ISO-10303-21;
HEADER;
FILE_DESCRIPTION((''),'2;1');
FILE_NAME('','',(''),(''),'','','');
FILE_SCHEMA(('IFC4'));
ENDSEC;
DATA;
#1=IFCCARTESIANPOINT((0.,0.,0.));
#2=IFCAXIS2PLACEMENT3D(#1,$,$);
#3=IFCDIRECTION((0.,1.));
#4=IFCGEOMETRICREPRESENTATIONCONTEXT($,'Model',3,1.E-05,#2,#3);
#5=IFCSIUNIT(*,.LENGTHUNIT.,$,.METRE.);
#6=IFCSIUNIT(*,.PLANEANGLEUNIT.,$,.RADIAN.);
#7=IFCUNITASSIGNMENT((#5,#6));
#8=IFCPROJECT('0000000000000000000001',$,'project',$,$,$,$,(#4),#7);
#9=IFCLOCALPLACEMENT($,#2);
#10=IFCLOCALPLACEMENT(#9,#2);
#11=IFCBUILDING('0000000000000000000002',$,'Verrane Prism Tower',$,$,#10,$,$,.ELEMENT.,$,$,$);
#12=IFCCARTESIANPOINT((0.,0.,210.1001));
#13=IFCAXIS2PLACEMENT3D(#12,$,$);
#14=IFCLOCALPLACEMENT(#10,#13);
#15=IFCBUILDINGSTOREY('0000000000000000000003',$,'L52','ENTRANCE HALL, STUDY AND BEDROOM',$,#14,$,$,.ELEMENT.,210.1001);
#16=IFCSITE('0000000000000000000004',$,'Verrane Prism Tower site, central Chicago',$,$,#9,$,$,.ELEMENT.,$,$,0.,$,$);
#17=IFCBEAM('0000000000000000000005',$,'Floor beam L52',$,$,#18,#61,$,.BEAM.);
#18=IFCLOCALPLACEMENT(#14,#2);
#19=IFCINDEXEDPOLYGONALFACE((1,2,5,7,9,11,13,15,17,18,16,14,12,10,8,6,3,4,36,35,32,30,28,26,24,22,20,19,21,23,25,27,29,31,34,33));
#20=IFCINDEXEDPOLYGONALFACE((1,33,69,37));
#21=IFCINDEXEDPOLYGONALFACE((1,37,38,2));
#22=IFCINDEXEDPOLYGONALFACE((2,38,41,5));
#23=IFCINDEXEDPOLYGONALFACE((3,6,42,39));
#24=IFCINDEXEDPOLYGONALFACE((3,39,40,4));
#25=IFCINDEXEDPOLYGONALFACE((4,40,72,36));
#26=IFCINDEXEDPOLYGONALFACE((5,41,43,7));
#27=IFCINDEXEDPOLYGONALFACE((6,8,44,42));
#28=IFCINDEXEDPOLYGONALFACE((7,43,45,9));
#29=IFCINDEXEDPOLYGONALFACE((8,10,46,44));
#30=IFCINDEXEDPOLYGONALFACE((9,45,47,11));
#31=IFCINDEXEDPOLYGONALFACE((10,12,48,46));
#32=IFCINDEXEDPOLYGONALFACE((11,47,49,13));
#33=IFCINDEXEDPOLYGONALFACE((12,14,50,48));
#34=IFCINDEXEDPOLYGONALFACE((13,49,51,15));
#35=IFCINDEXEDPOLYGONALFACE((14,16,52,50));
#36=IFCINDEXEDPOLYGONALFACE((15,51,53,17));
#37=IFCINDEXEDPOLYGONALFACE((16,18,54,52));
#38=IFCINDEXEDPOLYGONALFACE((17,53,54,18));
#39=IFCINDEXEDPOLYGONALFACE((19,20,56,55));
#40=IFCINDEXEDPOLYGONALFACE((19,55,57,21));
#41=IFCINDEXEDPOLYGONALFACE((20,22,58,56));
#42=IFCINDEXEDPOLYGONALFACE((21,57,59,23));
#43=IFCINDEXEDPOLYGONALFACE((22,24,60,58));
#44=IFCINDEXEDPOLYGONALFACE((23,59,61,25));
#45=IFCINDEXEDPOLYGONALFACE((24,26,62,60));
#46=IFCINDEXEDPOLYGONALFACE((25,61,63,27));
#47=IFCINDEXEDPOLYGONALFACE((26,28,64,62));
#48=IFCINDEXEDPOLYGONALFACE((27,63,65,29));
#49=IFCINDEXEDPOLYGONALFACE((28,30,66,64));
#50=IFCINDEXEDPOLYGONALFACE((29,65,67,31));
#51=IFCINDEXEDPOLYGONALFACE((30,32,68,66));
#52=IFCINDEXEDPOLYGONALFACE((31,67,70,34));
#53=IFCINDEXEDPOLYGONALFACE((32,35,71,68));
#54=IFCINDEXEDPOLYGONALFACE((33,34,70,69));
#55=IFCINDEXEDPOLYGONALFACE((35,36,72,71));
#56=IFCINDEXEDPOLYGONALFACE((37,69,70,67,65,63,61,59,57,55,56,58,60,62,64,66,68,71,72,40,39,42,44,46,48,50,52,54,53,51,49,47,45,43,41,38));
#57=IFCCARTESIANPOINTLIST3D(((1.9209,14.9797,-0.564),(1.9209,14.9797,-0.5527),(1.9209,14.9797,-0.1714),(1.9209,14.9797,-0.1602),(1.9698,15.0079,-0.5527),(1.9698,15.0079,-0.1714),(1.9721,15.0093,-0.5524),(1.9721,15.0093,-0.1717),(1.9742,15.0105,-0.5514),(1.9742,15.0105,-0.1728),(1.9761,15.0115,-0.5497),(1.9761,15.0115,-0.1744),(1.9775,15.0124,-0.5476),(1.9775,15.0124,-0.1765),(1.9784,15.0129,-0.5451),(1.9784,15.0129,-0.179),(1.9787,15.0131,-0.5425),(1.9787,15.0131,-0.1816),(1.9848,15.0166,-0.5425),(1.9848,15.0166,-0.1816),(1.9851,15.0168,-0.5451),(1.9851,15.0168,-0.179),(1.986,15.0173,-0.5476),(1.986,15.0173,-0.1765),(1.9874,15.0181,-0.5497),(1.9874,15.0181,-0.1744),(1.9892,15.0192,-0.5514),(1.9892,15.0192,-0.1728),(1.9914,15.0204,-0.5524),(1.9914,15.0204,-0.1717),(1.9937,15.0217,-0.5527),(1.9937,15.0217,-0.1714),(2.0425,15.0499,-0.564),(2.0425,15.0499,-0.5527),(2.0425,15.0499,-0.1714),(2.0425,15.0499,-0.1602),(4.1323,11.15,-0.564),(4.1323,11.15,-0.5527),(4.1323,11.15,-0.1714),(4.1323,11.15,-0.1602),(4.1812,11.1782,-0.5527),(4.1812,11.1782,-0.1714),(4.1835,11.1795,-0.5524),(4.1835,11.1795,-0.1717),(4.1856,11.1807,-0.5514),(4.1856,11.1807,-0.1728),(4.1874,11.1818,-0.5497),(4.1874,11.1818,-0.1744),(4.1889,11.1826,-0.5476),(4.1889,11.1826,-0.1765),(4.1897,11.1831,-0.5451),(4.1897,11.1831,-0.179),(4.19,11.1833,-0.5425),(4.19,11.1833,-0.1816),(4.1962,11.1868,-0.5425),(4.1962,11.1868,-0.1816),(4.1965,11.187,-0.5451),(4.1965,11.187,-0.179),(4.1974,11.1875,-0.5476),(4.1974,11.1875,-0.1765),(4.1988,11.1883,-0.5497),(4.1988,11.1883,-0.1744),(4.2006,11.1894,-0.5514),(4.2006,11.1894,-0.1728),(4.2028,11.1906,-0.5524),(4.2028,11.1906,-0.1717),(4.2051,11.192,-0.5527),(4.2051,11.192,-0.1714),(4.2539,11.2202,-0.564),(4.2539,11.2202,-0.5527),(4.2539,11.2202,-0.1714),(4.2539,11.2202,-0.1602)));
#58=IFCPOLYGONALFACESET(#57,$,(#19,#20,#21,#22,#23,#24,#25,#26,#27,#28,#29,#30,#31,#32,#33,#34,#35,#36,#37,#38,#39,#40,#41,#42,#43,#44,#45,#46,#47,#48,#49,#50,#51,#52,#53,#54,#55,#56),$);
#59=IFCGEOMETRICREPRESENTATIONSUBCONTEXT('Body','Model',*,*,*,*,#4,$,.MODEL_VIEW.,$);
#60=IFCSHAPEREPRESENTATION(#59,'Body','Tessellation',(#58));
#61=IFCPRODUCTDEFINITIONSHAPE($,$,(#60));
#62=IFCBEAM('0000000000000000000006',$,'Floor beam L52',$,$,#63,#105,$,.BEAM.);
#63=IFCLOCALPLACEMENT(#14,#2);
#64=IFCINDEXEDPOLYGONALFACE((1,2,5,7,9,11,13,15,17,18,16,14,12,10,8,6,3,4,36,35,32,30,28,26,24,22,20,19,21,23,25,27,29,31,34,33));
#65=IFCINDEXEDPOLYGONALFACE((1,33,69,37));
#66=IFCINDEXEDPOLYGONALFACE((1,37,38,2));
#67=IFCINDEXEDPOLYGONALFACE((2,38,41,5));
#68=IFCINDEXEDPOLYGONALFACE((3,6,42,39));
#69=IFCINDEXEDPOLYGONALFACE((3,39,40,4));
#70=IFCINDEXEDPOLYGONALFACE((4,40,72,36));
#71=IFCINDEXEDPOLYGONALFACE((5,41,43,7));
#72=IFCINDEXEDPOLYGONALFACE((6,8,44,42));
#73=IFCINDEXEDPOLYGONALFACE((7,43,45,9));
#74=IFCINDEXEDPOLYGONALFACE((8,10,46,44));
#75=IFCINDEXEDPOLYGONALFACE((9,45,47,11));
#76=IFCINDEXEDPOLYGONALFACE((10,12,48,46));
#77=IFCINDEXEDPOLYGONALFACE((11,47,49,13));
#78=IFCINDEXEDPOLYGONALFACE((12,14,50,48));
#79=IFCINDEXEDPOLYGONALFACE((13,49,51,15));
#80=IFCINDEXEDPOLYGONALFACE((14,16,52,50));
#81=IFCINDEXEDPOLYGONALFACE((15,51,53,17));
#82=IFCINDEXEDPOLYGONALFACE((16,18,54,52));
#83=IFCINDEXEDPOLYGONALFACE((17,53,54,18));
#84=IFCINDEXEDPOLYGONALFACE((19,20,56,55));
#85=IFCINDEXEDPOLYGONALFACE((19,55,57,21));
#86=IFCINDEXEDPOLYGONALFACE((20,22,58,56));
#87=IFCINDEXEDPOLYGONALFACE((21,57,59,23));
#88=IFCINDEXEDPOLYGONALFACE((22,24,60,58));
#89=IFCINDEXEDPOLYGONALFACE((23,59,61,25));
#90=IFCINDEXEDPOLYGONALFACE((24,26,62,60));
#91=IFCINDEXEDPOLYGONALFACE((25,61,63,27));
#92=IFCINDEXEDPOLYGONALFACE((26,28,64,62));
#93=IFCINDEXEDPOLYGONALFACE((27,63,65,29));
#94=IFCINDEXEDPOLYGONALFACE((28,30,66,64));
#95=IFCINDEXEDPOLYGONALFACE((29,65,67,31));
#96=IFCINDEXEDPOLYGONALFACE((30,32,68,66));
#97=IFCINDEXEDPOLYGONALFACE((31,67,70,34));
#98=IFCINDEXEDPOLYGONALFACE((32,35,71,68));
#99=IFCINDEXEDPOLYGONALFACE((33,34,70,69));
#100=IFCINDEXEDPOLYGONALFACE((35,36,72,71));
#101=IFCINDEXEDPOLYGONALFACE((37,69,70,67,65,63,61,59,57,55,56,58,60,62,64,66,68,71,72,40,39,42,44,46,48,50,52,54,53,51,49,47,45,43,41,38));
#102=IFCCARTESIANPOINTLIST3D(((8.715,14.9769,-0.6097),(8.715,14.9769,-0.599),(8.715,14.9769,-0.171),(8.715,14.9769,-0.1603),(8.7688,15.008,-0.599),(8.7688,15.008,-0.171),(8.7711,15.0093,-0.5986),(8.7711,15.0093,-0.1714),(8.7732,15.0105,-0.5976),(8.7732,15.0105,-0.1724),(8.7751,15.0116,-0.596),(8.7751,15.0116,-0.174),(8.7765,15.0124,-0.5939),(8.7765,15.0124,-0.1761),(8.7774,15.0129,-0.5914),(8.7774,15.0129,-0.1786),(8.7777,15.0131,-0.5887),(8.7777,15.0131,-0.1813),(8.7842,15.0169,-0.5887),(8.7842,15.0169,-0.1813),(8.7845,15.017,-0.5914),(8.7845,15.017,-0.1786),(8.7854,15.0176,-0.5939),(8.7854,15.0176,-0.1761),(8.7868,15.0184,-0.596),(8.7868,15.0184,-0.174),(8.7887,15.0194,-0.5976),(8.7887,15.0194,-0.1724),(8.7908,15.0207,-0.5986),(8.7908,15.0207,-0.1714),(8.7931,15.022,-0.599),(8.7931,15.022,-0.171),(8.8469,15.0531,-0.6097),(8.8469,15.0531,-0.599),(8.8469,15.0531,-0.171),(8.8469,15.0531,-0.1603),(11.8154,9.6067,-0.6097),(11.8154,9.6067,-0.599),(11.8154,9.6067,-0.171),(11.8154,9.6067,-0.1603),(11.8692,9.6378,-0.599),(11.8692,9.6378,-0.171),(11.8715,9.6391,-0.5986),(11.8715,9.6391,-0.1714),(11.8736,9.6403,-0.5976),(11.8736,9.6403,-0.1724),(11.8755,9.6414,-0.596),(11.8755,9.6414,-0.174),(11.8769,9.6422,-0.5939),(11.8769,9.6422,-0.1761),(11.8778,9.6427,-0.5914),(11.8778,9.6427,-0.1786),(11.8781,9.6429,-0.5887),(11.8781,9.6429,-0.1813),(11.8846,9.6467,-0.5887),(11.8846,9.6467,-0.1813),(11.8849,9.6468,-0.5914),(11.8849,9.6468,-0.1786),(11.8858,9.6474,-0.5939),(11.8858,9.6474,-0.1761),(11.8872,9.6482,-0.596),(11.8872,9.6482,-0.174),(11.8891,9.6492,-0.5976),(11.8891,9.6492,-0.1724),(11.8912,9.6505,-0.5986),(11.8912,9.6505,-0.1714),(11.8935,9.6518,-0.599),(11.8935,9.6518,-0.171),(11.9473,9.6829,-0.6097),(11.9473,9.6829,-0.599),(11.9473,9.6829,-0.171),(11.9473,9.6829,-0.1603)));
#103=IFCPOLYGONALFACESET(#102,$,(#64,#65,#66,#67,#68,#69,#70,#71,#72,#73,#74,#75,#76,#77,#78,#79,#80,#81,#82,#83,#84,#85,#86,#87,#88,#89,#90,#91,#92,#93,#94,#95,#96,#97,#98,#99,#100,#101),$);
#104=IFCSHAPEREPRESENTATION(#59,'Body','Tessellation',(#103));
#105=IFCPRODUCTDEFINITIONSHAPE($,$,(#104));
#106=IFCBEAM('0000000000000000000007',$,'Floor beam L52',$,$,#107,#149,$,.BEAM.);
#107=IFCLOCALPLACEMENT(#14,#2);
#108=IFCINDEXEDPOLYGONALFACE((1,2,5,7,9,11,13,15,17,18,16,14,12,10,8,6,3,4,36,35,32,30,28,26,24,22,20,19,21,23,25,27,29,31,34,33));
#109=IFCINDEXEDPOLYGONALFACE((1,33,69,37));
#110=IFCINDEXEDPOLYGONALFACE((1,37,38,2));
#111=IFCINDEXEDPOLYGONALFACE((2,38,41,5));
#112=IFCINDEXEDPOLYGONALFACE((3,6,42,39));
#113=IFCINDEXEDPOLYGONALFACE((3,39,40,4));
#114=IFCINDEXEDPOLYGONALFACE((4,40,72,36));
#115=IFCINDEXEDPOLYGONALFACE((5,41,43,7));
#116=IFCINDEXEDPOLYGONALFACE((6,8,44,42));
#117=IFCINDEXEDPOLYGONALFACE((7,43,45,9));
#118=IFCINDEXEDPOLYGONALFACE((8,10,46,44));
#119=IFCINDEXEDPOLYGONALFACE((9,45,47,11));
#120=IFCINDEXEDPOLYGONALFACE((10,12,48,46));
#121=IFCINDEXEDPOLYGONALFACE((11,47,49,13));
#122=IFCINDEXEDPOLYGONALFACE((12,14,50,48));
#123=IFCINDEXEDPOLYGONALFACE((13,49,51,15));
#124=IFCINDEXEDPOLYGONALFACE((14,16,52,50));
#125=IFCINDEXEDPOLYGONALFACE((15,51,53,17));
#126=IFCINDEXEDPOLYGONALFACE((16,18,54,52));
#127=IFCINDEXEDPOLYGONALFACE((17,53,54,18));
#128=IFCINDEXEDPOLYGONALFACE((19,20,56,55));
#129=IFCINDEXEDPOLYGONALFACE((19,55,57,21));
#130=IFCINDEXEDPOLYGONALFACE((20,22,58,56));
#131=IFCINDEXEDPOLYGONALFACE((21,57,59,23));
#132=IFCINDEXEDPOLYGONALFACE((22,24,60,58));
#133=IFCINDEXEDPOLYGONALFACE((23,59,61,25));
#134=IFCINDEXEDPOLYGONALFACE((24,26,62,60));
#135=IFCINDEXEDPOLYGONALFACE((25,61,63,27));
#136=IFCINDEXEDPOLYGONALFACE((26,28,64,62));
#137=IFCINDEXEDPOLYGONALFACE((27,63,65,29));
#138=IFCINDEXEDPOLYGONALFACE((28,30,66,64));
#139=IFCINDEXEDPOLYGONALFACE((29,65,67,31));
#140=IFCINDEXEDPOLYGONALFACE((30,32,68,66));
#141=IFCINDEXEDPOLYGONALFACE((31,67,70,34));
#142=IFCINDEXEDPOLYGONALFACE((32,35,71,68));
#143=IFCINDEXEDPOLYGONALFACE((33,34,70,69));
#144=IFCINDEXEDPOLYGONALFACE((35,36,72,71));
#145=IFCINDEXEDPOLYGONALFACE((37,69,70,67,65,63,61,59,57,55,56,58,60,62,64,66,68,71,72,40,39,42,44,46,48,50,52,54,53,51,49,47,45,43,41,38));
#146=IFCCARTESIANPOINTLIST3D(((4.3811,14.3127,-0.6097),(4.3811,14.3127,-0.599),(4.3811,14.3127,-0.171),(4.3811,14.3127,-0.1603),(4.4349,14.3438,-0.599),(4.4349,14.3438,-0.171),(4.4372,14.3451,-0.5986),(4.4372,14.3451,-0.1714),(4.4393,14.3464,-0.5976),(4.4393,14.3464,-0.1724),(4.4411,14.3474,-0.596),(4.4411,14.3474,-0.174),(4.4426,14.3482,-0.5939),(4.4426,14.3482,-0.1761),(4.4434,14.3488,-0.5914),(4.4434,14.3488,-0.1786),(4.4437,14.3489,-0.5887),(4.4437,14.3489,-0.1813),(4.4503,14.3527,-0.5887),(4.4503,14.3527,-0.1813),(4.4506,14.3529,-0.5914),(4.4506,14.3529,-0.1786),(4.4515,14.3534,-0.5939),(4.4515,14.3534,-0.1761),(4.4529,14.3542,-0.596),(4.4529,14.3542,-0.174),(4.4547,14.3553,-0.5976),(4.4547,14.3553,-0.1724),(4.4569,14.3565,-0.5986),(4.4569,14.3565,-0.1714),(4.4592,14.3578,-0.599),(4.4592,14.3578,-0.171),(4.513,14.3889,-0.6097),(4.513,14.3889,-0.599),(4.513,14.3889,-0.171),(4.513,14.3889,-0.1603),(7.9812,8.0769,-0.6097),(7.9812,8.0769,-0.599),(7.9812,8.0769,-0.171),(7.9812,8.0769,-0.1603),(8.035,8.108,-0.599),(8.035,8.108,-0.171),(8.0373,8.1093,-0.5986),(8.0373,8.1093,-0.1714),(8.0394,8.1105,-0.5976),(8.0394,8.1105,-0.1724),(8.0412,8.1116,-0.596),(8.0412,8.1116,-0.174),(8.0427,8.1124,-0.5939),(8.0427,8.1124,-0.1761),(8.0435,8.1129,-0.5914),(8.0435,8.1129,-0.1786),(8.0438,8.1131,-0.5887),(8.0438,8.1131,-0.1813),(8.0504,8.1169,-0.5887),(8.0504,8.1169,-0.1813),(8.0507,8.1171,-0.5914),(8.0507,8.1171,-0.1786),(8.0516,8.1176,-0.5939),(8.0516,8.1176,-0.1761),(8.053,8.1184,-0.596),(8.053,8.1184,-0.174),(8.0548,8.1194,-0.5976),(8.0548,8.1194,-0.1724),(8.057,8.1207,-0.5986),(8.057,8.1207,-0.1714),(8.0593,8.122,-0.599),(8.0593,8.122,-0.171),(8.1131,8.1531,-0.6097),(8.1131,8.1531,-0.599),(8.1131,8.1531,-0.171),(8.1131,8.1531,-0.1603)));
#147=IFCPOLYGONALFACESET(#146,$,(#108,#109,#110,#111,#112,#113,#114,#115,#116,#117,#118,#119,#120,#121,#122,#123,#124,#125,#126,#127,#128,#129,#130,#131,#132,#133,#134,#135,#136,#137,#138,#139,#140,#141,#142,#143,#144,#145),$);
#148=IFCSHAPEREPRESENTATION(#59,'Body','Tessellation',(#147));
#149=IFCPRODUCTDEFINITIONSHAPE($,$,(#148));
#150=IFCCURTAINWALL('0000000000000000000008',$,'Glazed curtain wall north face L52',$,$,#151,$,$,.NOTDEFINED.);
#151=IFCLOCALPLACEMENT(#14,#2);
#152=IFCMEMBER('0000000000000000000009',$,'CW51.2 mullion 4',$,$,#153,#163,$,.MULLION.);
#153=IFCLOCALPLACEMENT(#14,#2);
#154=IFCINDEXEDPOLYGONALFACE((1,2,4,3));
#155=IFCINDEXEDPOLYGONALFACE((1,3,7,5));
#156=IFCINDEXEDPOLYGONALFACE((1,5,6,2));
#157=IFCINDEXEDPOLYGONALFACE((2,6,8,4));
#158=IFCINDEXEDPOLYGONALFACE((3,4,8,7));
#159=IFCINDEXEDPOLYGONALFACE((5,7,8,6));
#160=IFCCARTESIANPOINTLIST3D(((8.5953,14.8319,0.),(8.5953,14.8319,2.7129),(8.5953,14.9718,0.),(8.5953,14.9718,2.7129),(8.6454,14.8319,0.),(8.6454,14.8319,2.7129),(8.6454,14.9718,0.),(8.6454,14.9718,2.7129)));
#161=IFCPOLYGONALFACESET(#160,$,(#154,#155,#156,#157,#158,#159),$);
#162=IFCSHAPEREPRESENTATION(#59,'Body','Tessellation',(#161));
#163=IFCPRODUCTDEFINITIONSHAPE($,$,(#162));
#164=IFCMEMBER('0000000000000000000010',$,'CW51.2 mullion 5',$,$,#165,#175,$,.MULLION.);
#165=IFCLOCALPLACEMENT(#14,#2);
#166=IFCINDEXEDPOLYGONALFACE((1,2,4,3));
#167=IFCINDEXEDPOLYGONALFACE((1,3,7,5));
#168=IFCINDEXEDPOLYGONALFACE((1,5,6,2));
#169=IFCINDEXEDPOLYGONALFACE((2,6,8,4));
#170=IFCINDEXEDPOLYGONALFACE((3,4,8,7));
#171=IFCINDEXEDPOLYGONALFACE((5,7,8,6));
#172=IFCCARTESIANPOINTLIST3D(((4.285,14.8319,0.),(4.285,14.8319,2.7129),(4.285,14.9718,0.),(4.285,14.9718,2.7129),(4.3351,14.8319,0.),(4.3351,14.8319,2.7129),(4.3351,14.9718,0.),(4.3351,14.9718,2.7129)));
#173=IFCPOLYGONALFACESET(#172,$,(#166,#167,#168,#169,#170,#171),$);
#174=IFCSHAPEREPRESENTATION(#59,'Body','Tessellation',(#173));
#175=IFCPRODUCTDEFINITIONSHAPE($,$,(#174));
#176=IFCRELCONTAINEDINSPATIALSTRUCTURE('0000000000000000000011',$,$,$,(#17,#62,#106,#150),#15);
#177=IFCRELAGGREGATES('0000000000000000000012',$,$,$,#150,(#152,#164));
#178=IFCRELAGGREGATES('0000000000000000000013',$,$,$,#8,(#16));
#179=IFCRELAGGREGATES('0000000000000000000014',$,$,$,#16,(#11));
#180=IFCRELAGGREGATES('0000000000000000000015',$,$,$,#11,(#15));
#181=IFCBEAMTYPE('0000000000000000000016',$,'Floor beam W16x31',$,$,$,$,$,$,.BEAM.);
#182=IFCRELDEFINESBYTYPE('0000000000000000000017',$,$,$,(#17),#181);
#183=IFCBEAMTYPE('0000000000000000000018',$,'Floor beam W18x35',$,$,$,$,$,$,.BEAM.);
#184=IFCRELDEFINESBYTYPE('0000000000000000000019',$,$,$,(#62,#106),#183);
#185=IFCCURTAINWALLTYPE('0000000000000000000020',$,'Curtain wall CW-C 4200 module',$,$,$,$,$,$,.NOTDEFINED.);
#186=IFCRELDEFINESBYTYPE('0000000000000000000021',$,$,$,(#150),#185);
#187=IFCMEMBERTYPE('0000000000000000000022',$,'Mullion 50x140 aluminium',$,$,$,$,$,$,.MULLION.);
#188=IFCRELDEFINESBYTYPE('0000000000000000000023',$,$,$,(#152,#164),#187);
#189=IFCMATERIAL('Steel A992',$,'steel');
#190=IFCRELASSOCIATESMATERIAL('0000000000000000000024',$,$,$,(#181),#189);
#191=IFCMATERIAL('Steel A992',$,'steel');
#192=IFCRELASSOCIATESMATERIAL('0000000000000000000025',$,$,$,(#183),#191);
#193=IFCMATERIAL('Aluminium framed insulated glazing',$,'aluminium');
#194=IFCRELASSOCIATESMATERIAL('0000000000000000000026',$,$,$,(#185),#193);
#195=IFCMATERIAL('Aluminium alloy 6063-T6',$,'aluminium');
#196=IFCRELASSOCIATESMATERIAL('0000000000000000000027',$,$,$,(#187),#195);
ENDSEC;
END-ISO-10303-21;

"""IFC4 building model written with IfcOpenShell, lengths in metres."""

from ifc_helpers import new_model, si_unit, direction, frame, origin, origin_2d, place, context, subcontext, project, spatial, rectangle, i_section, extrude, material, material_profile, profile_set, type_object, element, aggregate, save


model = new_model("IFC4")

# Units and contexts
model_context = context("Model", 3, precision=1e-05, world=origin(), true_north=direction((0.0, 1.0)))
body_context = subcontext(model_context, "Body", "Model", "MODEL_VIEW")
ifc_project = project(units=[si_unit("LENGTHUNIT", "METRE"), si_unit("PLANEANGLEUNIT", "RADIAN")], contexts=[model_context])

# Site, building, storey
site_placement = place(None, origin())
site = spatial("IfcSite", under=ifc_project, at=site_placement, Name="Verrane Prism Tower site, central Chicago", CompositionType="ELEMENT", RefElevation=0.0)
building_placement = place(site_placement, origin())
building = spatial("IfcBuilding", under=site, at=building_placement, Name="Verrane Prism Tower", CompositionType="ELEMENT")
storey_placement = place(building_placement, frame((0.0, 0.0, 210.1001)))
storey = spatial("IfcBuildingStorey", under=building, at=storey_placement, Name="L52", Description="ENTRANCE HALL, STUDY AND BEDROOM", CompositionType="ELEMENT", Elevation=210.1001)

# Beams
ifc_material_1 = material(Name="Steel A992", Category="steel")
ifc_material_profile_1 = material_profile(ifc_material_1, i_section(OverallWidth=0.1404, OverallDepth=0.4038, WebThickness=0.0071, FlangeThickness=0.0112, FilletRadius=0.0103, at=origin_2d()), Name="W16x31")
ifc_profile_set_1 = profile_set([ifc_material_profile_1], Name="Steel A992")
beam_type_1 = type_object("IfcBeamType", Name="Floor beam W16x31", PredefinedType="BEAM", material=ifc_profile_set_1)
beam_1_placement = place(storey_placement, frame((4.1931, 11.1851, -0.3621), z_axis=(-0.500046, 0.865999, 0.0), x_axis=(-0.865999, -0.500046, 0.0)))
element("IfcBeam", 1, at=beam_1_placement, inside=storey, type_object=beam_type_1, Name="Floor beam L52", PredefinedType="BEAM", context=body_context, shape_type="SweptSolid", body=[
    extrude(i_section(OverallWidth=0.1404, OverallDepth=0.4038, WebThickness=0.0071, FlangeThickness=0.0112, FilletRadius=0.0103, at=origin_2d()), origin(), (0.0, 0.0, 1.0), 4.4224),
])
ifc_material_2 = material(Name="Steel A992", Category="steel")
ifc_material_profile_2 = material_profile(ifc_material_2, i_section(OverallWidth=0.1523, OverallDepth=0.4495, WebThickness=0.0076, FlangeThickness=0.0107, FilletRadius=0.0103, at=origin_2d()), Name="W18x35")
ifc_profile_set_2 = profile_set([ifc_material_profile_2], Name="Steel A992")
beam_type_2 = type_object("IfcBeamType", Name="Floor beam W18x35", PredefinedType="BEAM", material=ifc_profile_set_2)
beam_2_placement = place(storey_placement, frame((11.8813, 9.6448, -0.385), z_axis=(-0.499988, 0.866032, 0.0), x_axis=(-0.866032, -0.499988, 0.0)))
element("IfcBeam", 2, at=beam_2_placement, inside=storey, type_object=beam_type_2, Name="Floor beam L52", PredefinedType="BEAM", context=body_context, shape_type="SweptSolid", body=[
    extrude(i_section(OverallWidth=0.1523, OverallDepth=0.4495, WebThickness=0.0076, FlangeThickness=0.0107, FilletRadius=0.0103, at=origin_2d()), origin(), (0.0, 0.0, 1.0), 6.2009),
])
beam_3_placement = place(storey_placement, frame((8.0471, 8.115, -0.385), z_axis=(-0.499983, 0.866035, 0.0), x_axis=(-0.866035, -0.499983, 0.0)))
element("IfcBeam", 3, at=beam_3_placement, inside=storey, type_object=beam_type_2, Name="Floor beam L52", PredefinedType="BEAM", context=body_context, shape_type="SweptSolid", body=[
    extrude(i_section(OverallWidth=0.1523, OverallDepth=0.4495, WebThickness=0.0076, FlangeThickness=0.0107, FilletRadius=0.0103, at=origin_2d()), origin(), (0.0, 0.0, 1.0), 7.2004),
])

# Curtain wall, members
ifc_material_3 = material(Name="Aluminium framed insulated glazing", Category="aluminium")
curtain_wall_type = type_object("IfcCurtainWallType", Name="Curtain wall CW-C 4200 module", PredefinedType="NOTDEFINED", material=ifc_material_3)
curtain_wall_placement = place(storey_placement, origin())
curtain_wall = element("IfcCurtainWall", 4, at=curtain_wall_placement, inside=storey, type_object=curtain_wall_type, Name="Glazed curtain wall north face L52", PredefinedType="NOTDEFINED")
ifc_material_4 = material(Name="Aluminium alloy 6063-T6", Category="aluminium")
ifc_material_profile_3 = material_profile(ifc_material_4, rectangle(XDim=0.1399, YDim=0.05, at=origin_2d()), Name="Mullion 50x140 aluminium")
ifc_profile_set_3 = profile_set([ifc_material_profile_3], Name="Aluminium alloy 6063-T6")
member_type_1 = type_object("IfcMemberType", Name="Mullion 50x140 aluminium", PredefinedType="MULLION", material=ifc_profile_set_3)
member_1_placement = place(storey_placement, frame((8.6204, 14.9019, 0.0), z_axis=(0.0, 0.0, 1.0), x_axis=(0.0, -1.0, 0.0)))
member_1 = element("IfcMember", 5, at=member_1_placement, type_object=member_type_1, Name="CW51.2 mullion 4", PredefinedType="MULLION", context=body_context, shape_type="SweptSolid", body=[
    extrude(rectangle(XDim=0.1399, YDim=0.05, at=origin_2d()), origin(), (0.0, 0.0, 1.0), 2.7129),
])
member_2_placement = place(storey_placement, frame((4.3101, 14.9019, 0.0), z_axis=(0.0, 0.0, 1.0), x_axis=(0.0, -1.0, 0.0)))
member_2 = element("IfcMember", 6, at=member_2_placement, type_object=member_type_1, Name="CW51.2 mullion 5", PredefinedType="MULLION", context=body_context, shape_type="SweptSolid", body=[
    extrude(rectangle(XDim=0.1399, YDim=0.05, at=origin_2d()), origin(), (0.0, 0.0, 1.0), 2.7129),
])

aggregate(curtain_wall, [member_1, member_2])

save(model, "model.ifc")
